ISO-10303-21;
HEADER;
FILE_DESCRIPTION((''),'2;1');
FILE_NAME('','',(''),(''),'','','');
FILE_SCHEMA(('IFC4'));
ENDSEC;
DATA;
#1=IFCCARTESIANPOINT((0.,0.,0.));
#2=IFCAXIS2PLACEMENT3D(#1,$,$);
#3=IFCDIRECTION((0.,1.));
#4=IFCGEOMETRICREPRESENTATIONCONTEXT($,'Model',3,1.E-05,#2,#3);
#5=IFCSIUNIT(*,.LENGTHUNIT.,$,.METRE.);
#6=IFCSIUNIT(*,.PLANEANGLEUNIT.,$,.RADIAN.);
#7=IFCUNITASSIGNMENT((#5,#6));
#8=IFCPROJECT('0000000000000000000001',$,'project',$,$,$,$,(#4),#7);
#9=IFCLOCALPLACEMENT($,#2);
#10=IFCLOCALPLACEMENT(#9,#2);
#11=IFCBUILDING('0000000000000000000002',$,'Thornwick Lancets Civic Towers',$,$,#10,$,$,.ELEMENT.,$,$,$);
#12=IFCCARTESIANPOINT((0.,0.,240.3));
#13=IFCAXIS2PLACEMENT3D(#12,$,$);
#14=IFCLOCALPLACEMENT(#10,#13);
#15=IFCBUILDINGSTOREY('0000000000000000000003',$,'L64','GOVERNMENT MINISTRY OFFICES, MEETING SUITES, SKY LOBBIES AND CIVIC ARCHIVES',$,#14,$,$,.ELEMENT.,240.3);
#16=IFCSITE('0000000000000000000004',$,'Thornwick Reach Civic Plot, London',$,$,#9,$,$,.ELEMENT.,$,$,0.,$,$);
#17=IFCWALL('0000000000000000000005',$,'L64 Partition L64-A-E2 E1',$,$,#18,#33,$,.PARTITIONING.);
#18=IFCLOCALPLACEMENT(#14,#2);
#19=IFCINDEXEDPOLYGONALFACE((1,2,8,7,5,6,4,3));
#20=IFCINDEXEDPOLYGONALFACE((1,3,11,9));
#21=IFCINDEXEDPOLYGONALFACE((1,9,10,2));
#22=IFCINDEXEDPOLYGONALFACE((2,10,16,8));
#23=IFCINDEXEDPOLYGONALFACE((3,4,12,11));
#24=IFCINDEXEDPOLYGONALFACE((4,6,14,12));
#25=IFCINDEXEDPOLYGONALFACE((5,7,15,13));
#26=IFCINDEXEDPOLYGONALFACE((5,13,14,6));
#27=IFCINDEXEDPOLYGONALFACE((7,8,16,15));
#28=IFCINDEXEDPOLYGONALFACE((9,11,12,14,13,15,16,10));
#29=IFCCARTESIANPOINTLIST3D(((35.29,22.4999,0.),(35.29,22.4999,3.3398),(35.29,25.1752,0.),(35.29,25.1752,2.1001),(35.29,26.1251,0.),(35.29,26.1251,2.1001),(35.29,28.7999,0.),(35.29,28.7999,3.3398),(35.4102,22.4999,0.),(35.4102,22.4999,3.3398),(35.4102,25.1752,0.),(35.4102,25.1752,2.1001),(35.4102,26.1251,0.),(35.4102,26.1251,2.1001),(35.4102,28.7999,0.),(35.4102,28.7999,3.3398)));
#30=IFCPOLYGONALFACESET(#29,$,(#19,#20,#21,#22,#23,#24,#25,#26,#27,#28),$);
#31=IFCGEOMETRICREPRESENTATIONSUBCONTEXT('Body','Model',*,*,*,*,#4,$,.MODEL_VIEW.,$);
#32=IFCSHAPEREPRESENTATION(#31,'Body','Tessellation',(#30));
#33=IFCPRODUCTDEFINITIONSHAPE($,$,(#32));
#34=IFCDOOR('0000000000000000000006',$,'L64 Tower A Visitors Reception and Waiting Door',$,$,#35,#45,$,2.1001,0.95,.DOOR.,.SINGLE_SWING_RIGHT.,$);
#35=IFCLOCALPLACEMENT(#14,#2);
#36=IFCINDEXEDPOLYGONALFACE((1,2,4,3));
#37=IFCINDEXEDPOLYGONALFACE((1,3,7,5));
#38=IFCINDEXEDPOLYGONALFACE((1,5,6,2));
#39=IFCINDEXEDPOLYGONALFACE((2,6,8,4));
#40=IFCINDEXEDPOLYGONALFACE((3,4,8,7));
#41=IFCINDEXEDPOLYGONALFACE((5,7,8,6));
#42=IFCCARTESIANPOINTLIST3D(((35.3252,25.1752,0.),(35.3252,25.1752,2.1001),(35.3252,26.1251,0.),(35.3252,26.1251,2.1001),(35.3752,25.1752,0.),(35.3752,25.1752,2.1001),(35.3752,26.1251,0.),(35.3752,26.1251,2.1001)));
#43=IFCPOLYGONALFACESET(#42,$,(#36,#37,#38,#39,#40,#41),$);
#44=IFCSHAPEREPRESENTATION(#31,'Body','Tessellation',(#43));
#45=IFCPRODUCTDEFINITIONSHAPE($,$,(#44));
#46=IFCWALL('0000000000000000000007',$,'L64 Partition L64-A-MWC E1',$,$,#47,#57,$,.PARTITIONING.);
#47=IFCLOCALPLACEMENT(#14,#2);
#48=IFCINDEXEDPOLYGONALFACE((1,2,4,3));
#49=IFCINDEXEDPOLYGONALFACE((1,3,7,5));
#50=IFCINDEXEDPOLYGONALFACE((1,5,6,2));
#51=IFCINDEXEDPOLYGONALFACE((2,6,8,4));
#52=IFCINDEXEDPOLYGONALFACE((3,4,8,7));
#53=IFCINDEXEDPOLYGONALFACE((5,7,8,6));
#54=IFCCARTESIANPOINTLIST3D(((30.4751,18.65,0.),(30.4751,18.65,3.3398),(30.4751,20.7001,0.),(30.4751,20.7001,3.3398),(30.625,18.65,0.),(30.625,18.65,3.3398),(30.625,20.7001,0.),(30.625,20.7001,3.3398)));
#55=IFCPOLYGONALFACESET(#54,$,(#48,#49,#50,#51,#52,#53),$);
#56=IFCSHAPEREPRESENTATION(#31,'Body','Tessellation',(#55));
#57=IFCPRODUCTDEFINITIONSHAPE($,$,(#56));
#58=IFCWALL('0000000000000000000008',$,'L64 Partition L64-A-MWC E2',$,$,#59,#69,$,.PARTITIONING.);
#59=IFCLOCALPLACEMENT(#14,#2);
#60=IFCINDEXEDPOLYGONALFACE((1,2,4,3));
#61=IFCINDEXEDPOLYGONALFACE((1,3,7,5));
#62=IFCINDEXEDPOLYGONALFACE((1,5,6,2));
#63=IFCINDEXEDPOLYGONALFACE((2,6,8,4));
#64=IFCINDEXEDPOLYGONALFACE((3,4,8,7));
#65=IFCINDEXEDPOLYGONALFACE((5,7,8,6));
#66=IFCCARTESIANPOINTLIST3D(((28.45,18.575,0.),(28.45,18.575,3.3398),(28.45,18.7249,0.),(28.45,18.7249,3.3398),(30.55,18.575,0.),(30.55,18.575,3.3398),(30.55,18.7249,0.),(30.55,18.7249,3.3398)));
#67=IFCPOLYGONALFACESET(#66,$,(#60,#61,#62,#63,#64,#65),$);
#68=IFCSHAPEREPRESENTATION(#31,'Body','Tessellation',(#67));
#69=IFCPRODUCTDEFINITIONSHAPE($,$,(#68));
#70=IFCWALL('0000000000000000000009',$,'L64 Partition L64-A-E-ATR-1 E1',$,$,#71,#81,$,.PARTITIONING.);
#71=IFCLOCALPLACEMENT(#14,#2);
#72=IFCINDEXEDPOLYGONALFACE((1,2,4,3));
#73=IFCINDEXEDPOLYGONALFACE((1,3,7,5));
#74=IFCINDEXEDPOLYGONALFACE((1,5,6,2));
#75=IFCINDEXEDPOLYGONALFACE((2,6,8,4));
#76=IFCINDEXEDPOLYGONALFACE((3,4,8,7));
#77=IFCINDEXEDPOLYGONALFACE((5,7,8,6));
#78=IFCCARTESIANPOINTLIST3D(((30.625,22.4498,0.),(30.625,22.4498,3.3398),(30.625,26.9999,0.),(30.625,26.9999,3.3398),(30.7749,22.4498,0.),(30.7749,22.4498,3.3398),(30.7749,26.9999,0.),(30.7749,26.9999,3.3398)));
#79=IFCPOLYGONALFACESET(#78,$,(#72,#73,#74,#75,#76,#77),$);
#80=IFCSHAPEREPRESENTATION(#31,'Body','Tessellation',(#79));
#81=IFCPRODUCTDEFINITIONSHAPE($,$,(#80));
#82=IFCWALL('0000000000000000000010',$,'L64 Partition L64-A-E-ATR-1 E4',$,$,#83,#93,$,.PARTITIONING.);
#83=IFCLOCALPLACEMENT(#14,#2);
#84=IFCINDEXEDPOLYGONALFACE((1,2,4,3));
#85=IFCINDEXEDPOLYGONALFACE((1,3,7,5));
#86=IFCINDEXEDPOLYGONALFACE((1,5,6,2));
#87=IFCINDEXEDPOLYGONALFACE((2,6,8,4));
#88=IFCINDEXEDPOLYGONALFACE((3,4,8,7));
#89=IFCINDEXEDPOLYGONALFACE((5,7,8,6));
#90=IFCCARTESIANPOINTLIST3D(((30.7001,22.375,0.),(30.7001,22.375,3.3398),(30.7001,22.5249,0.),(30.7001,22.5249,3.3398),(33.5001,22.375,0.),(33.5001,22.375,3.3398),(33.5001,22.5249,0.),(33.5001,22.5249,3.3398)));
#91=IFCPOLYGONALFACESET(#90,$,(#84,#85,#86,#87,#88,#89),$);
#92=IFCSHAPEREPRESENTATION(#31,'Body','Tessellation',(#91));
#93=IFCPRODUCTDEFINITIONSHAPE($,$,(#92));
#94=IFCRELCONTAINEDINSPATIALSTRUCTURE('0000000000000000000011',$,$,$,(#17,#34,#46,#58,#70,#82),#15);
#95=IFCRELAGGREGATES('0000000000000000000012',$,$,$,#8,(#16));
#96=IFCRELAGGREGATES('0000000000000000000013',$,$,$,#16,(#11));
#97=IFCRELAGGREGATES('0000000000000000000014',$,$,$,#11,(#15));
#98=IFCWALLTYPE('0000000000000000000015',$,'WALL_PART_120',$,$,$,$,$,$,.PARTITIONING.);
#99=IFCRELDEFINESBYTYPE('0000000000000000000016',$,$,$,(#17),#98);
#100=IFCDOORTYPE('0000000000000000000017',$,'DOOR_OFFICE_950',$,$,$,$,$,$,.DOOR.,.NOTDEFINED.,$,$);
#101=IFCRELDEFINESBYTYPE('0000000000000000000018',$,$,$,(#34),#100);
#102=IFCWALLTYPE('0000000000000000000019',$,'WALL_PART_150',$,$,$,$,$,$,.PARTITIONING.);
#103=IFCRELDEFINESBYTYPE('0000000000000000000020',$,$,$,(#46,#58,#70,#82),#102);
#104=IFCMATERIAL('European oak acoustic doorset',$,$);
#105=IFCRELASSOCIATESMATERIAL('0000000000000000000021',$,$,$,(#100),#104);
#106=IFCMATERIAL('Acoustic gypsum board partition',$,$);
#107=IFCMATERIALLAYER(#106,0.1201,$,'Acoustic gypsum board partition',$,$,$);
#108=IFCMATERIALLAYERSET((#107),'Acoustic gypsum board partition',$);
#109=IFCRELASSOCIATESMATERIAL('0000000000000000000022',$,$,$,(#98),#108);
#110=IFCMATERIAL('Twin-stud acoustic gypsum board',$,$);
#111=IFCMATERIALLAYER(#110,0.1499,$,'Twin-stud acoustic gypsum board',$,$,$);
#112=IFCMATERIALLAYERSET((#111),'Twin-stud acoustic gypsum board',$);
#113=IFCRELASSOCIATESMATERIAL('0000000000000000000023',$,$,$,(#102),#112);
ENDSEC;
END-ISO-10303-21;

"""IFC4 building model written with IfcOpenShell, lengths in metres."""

from ifc_helpers import new_model, si_unit, direction, frame, frame_2d, origin, place, context, subcontext, project, spatial, rectangle, extrude, material, layer, layer_set, type_object, element, fill, save


model = new_model("IFC4")

# Units and contexts
model_context = context("Model", 3, precision=1e-05, world=origin(), true_north=direction((0.0, 1.0)))
body_context = subcontext(model_context, "Body", "Model", "MODEL_VIEW")
ifc_project = project(units=[si_unit("LENGTHUNIT", "METRE"), si_unit("PLANEANGLEUNIT", "RADIAN")], contexts=[model_context])

# Site, building, storey
site_placement = place(None, origin())
site = spatial("IfcSite", under=ifc_project, at=site_placement, Name="Thornwick Reach Civic Plot, London", CompositionType="ELEMENT", RefElevation=0.0)
building_placement = place(site_placement, origin())
building = spatial("IfcBuilding", under=site, at=building_placement, Name="Thornwick Lancets Civic Towers", CompositionType="ELEMENT")
storey_placement = place(building_placement, frame((0.0, 0.0, 240.3)))
storey = spatial("IfcBuildingStorey", under=building, at=storey_placement, Name="L64", Description="GOVERNMENT MINISTRY OFFICES, MEETING SUITES, SKY LOBBIES AND CIVIC ARCHIVES", CompositionType="ELEMENT", Elevation=240.3)

# Shared definitions
ifc_material_1 = material(Name="European oak acoustic doorset")
door_type_1 = type_object("IfcDoorType", Name="DOOR_OFFICE_950", OperationType="NOTDEFINED", PredefinedType="DOOR", material=ifc_material_1)

# Shared definitions
ifc_material_2 = material(Name="Acoustic gypsum board partition")
ifc_layer_1 = layer(ifc_material_2, 0.1201, Name="Acoustic gypsum board partition")
ifc_layer_set_1 = layer_set([ifc_layer_1], Name="Acoustic gypsum board partition")
wall_type_1 = type_object("IfcWallType", Name="WALL_PART_120", PredefinedType="PARTITIONING", material=ifc_layer_set_1)

# Wall, opening, door
wall_1_placement = place(storey_placement, frame((35.3501, 22.5, 0.0), z_axis=(0.0, 0.0, 1.0), x_axis=(0.0, 1.0, 0.0)))
wall_1 = element("IfcWall", 1, at=wall_1_placement, inside=storey, type_object=wall_type_1, Name="L64 Partition L64-A-E2 E1", PredefinedType="PARTITIONING", context=body_context, shape_type="SweptSolid", body=[
    extrude(rectangle(XDim=6.3, YDim=0.1201, at=frame_2d((3.1499, 0.0))), origin(), (0.0, 0.0, 1.0), 3.3398),
])
opening_1_placement = place(wall_1_placement, frame((2.675, 0.0, 0.0)))
opening_1 = element("IfcOpeningElement", 2, at=opening_1_placement, cuts=wall_1, PredefinedType="OPENING", context=body_context, shape_type="SweptSolid", body=[
    extrude(rectangle(XDim=0.95, YDim=2.1001, at=frame_2d((0.4751, 1.05))), frame((0.0, 0.0701, 0.0), z_axis=(0.0, -1.0, 0.0), x_axis=(1.0, 0.0, 0.0)), (0.0, 0.0, 1.0), 0.1401),
])
door_1_placement = place(opening_1_placement, origin())
door_1 = element("IfcDoor", 3, at=door_1_placement, inside=storey, type_object=door_type_1, Name="L64 Tower A Visitors Reception and Waiting Door", OperationType="SINGLE_SWING_RIGHT", OverallHeight=2.1001, OverallWidth=0.95, PredefinedType="DOOR", context=body_context, shape_type="SweptSolid", body=[
    extrude(rectangle(XDim=0.95, YDim=2.1001, at=frame_2d((0.4751, 1.05))), frame((0.0, 0.0249, 0.0), z_axis=(0.0, -1.0, 0.0), x_axis=(1.0, 0.0, 0.0)), (0.0, 0.0, 1.0), 0.05),
])
fill(opening_1, door_1)

# Walls
ifc_material_3 = material(Name="Twin-stud acoustic gypsum board")
ifc_layer_2 = layer(ifc_material_3, 0.1499, Name="Twin-stud acoustic gypsum board")
ifc_layer_set_2 = layer_set([ifc_layer_2], Name="Twin-stud acoustic gypsum board")
wall_type_2 = type_object("IfcWallType", Name="WALL_PART_150", PredefinedType="PARTITIONING", material=ifc_layer_set_2)
wall_2_placement = place(storey_placement, frame((30.55, 20.7, 0.0), z_axis=(0.0, 0.0, 1.0), x_axis=(0.0, -1.0, 0.0)))
element("IfcWall", 4, at=wall_2_placement, inside=storey, type_object=wall_type_2, Name="L64 Partition L64-A-MWC E1", PredefinedType="PARTITIONING", context=body_context, shape_type="SweptSolid", body=[
    extrude(rectangle(XDim=2.05, YDim=0.1499, at=frame_2d((1.0249, 0.0))), origin(), (0.0, 0.0, 1.0), 3.3398),
])
wall_3_placement = place(storey_placement, frame((30.55, 18.6499, 0.0), z_axis=(0.0, 0.0, 1.0), x_axis=(-1.0, 0.0, 0.0)))
element("IfcWall", 5, at=wall_3_placement, inside=storey, type_object=wall_type_2, Name="L64 Partition L64-A-MWC E2", PredefinedType="PARTITIONING", context=body_context, shape_type="SweptSolid", body=[
    extrude(rectangle(XDim=2.1001, YDim=0.1499, at=frame_2d((1.05, 0.0))), origin(), (0.0, 0.0, 1.0), 3.3398),
])
wall_4_placement = place(storey_placement, frame((30.7, 22.45, 0.0), z_axis=(0.0, 0.0, 1.0), x_axis=(0.0, 1.0, 0.0)))
element("IfcWall", 6, at=wall_4_placement, inside=storey, type_object=wall_type_2, Name="L64 Partition L64-A-E-ATR-1 E1", PredefinedType="PARTITIONING", context=body_context, shape_type="SweptSolid", body=[
    extrude(rectangle(XDim=4.55, YDim=0.1499, at=frame_2d((2.2749, 0.0))), origin(), (0.0, 0.0, 1.0), 3.3398),
])
wall_5_placement = place(storey_placement, frame((33.5, 22.45, 0.0), z_axis=(0.0, 0.0, 1.0), x_axis=(-1.0, 0.0, 0.0)))
element("IfcWall", 7, at=wall_5_placement, inside=storey, type_object=wall_type_2, Name="L64 Partition L64-A-E-ATR-1 E4", PredefinedType="PARTITIONING", context=body_context, shape_type="SweptSolid", body=[
    extrude(rectangle(XDim=2.8, YDim=0.1499, at=frame_2d((1.3999, 0.0))), origin(), (0.0, 0.0, 1.0), 3.3398),
])

save(model, "model.ifc")
